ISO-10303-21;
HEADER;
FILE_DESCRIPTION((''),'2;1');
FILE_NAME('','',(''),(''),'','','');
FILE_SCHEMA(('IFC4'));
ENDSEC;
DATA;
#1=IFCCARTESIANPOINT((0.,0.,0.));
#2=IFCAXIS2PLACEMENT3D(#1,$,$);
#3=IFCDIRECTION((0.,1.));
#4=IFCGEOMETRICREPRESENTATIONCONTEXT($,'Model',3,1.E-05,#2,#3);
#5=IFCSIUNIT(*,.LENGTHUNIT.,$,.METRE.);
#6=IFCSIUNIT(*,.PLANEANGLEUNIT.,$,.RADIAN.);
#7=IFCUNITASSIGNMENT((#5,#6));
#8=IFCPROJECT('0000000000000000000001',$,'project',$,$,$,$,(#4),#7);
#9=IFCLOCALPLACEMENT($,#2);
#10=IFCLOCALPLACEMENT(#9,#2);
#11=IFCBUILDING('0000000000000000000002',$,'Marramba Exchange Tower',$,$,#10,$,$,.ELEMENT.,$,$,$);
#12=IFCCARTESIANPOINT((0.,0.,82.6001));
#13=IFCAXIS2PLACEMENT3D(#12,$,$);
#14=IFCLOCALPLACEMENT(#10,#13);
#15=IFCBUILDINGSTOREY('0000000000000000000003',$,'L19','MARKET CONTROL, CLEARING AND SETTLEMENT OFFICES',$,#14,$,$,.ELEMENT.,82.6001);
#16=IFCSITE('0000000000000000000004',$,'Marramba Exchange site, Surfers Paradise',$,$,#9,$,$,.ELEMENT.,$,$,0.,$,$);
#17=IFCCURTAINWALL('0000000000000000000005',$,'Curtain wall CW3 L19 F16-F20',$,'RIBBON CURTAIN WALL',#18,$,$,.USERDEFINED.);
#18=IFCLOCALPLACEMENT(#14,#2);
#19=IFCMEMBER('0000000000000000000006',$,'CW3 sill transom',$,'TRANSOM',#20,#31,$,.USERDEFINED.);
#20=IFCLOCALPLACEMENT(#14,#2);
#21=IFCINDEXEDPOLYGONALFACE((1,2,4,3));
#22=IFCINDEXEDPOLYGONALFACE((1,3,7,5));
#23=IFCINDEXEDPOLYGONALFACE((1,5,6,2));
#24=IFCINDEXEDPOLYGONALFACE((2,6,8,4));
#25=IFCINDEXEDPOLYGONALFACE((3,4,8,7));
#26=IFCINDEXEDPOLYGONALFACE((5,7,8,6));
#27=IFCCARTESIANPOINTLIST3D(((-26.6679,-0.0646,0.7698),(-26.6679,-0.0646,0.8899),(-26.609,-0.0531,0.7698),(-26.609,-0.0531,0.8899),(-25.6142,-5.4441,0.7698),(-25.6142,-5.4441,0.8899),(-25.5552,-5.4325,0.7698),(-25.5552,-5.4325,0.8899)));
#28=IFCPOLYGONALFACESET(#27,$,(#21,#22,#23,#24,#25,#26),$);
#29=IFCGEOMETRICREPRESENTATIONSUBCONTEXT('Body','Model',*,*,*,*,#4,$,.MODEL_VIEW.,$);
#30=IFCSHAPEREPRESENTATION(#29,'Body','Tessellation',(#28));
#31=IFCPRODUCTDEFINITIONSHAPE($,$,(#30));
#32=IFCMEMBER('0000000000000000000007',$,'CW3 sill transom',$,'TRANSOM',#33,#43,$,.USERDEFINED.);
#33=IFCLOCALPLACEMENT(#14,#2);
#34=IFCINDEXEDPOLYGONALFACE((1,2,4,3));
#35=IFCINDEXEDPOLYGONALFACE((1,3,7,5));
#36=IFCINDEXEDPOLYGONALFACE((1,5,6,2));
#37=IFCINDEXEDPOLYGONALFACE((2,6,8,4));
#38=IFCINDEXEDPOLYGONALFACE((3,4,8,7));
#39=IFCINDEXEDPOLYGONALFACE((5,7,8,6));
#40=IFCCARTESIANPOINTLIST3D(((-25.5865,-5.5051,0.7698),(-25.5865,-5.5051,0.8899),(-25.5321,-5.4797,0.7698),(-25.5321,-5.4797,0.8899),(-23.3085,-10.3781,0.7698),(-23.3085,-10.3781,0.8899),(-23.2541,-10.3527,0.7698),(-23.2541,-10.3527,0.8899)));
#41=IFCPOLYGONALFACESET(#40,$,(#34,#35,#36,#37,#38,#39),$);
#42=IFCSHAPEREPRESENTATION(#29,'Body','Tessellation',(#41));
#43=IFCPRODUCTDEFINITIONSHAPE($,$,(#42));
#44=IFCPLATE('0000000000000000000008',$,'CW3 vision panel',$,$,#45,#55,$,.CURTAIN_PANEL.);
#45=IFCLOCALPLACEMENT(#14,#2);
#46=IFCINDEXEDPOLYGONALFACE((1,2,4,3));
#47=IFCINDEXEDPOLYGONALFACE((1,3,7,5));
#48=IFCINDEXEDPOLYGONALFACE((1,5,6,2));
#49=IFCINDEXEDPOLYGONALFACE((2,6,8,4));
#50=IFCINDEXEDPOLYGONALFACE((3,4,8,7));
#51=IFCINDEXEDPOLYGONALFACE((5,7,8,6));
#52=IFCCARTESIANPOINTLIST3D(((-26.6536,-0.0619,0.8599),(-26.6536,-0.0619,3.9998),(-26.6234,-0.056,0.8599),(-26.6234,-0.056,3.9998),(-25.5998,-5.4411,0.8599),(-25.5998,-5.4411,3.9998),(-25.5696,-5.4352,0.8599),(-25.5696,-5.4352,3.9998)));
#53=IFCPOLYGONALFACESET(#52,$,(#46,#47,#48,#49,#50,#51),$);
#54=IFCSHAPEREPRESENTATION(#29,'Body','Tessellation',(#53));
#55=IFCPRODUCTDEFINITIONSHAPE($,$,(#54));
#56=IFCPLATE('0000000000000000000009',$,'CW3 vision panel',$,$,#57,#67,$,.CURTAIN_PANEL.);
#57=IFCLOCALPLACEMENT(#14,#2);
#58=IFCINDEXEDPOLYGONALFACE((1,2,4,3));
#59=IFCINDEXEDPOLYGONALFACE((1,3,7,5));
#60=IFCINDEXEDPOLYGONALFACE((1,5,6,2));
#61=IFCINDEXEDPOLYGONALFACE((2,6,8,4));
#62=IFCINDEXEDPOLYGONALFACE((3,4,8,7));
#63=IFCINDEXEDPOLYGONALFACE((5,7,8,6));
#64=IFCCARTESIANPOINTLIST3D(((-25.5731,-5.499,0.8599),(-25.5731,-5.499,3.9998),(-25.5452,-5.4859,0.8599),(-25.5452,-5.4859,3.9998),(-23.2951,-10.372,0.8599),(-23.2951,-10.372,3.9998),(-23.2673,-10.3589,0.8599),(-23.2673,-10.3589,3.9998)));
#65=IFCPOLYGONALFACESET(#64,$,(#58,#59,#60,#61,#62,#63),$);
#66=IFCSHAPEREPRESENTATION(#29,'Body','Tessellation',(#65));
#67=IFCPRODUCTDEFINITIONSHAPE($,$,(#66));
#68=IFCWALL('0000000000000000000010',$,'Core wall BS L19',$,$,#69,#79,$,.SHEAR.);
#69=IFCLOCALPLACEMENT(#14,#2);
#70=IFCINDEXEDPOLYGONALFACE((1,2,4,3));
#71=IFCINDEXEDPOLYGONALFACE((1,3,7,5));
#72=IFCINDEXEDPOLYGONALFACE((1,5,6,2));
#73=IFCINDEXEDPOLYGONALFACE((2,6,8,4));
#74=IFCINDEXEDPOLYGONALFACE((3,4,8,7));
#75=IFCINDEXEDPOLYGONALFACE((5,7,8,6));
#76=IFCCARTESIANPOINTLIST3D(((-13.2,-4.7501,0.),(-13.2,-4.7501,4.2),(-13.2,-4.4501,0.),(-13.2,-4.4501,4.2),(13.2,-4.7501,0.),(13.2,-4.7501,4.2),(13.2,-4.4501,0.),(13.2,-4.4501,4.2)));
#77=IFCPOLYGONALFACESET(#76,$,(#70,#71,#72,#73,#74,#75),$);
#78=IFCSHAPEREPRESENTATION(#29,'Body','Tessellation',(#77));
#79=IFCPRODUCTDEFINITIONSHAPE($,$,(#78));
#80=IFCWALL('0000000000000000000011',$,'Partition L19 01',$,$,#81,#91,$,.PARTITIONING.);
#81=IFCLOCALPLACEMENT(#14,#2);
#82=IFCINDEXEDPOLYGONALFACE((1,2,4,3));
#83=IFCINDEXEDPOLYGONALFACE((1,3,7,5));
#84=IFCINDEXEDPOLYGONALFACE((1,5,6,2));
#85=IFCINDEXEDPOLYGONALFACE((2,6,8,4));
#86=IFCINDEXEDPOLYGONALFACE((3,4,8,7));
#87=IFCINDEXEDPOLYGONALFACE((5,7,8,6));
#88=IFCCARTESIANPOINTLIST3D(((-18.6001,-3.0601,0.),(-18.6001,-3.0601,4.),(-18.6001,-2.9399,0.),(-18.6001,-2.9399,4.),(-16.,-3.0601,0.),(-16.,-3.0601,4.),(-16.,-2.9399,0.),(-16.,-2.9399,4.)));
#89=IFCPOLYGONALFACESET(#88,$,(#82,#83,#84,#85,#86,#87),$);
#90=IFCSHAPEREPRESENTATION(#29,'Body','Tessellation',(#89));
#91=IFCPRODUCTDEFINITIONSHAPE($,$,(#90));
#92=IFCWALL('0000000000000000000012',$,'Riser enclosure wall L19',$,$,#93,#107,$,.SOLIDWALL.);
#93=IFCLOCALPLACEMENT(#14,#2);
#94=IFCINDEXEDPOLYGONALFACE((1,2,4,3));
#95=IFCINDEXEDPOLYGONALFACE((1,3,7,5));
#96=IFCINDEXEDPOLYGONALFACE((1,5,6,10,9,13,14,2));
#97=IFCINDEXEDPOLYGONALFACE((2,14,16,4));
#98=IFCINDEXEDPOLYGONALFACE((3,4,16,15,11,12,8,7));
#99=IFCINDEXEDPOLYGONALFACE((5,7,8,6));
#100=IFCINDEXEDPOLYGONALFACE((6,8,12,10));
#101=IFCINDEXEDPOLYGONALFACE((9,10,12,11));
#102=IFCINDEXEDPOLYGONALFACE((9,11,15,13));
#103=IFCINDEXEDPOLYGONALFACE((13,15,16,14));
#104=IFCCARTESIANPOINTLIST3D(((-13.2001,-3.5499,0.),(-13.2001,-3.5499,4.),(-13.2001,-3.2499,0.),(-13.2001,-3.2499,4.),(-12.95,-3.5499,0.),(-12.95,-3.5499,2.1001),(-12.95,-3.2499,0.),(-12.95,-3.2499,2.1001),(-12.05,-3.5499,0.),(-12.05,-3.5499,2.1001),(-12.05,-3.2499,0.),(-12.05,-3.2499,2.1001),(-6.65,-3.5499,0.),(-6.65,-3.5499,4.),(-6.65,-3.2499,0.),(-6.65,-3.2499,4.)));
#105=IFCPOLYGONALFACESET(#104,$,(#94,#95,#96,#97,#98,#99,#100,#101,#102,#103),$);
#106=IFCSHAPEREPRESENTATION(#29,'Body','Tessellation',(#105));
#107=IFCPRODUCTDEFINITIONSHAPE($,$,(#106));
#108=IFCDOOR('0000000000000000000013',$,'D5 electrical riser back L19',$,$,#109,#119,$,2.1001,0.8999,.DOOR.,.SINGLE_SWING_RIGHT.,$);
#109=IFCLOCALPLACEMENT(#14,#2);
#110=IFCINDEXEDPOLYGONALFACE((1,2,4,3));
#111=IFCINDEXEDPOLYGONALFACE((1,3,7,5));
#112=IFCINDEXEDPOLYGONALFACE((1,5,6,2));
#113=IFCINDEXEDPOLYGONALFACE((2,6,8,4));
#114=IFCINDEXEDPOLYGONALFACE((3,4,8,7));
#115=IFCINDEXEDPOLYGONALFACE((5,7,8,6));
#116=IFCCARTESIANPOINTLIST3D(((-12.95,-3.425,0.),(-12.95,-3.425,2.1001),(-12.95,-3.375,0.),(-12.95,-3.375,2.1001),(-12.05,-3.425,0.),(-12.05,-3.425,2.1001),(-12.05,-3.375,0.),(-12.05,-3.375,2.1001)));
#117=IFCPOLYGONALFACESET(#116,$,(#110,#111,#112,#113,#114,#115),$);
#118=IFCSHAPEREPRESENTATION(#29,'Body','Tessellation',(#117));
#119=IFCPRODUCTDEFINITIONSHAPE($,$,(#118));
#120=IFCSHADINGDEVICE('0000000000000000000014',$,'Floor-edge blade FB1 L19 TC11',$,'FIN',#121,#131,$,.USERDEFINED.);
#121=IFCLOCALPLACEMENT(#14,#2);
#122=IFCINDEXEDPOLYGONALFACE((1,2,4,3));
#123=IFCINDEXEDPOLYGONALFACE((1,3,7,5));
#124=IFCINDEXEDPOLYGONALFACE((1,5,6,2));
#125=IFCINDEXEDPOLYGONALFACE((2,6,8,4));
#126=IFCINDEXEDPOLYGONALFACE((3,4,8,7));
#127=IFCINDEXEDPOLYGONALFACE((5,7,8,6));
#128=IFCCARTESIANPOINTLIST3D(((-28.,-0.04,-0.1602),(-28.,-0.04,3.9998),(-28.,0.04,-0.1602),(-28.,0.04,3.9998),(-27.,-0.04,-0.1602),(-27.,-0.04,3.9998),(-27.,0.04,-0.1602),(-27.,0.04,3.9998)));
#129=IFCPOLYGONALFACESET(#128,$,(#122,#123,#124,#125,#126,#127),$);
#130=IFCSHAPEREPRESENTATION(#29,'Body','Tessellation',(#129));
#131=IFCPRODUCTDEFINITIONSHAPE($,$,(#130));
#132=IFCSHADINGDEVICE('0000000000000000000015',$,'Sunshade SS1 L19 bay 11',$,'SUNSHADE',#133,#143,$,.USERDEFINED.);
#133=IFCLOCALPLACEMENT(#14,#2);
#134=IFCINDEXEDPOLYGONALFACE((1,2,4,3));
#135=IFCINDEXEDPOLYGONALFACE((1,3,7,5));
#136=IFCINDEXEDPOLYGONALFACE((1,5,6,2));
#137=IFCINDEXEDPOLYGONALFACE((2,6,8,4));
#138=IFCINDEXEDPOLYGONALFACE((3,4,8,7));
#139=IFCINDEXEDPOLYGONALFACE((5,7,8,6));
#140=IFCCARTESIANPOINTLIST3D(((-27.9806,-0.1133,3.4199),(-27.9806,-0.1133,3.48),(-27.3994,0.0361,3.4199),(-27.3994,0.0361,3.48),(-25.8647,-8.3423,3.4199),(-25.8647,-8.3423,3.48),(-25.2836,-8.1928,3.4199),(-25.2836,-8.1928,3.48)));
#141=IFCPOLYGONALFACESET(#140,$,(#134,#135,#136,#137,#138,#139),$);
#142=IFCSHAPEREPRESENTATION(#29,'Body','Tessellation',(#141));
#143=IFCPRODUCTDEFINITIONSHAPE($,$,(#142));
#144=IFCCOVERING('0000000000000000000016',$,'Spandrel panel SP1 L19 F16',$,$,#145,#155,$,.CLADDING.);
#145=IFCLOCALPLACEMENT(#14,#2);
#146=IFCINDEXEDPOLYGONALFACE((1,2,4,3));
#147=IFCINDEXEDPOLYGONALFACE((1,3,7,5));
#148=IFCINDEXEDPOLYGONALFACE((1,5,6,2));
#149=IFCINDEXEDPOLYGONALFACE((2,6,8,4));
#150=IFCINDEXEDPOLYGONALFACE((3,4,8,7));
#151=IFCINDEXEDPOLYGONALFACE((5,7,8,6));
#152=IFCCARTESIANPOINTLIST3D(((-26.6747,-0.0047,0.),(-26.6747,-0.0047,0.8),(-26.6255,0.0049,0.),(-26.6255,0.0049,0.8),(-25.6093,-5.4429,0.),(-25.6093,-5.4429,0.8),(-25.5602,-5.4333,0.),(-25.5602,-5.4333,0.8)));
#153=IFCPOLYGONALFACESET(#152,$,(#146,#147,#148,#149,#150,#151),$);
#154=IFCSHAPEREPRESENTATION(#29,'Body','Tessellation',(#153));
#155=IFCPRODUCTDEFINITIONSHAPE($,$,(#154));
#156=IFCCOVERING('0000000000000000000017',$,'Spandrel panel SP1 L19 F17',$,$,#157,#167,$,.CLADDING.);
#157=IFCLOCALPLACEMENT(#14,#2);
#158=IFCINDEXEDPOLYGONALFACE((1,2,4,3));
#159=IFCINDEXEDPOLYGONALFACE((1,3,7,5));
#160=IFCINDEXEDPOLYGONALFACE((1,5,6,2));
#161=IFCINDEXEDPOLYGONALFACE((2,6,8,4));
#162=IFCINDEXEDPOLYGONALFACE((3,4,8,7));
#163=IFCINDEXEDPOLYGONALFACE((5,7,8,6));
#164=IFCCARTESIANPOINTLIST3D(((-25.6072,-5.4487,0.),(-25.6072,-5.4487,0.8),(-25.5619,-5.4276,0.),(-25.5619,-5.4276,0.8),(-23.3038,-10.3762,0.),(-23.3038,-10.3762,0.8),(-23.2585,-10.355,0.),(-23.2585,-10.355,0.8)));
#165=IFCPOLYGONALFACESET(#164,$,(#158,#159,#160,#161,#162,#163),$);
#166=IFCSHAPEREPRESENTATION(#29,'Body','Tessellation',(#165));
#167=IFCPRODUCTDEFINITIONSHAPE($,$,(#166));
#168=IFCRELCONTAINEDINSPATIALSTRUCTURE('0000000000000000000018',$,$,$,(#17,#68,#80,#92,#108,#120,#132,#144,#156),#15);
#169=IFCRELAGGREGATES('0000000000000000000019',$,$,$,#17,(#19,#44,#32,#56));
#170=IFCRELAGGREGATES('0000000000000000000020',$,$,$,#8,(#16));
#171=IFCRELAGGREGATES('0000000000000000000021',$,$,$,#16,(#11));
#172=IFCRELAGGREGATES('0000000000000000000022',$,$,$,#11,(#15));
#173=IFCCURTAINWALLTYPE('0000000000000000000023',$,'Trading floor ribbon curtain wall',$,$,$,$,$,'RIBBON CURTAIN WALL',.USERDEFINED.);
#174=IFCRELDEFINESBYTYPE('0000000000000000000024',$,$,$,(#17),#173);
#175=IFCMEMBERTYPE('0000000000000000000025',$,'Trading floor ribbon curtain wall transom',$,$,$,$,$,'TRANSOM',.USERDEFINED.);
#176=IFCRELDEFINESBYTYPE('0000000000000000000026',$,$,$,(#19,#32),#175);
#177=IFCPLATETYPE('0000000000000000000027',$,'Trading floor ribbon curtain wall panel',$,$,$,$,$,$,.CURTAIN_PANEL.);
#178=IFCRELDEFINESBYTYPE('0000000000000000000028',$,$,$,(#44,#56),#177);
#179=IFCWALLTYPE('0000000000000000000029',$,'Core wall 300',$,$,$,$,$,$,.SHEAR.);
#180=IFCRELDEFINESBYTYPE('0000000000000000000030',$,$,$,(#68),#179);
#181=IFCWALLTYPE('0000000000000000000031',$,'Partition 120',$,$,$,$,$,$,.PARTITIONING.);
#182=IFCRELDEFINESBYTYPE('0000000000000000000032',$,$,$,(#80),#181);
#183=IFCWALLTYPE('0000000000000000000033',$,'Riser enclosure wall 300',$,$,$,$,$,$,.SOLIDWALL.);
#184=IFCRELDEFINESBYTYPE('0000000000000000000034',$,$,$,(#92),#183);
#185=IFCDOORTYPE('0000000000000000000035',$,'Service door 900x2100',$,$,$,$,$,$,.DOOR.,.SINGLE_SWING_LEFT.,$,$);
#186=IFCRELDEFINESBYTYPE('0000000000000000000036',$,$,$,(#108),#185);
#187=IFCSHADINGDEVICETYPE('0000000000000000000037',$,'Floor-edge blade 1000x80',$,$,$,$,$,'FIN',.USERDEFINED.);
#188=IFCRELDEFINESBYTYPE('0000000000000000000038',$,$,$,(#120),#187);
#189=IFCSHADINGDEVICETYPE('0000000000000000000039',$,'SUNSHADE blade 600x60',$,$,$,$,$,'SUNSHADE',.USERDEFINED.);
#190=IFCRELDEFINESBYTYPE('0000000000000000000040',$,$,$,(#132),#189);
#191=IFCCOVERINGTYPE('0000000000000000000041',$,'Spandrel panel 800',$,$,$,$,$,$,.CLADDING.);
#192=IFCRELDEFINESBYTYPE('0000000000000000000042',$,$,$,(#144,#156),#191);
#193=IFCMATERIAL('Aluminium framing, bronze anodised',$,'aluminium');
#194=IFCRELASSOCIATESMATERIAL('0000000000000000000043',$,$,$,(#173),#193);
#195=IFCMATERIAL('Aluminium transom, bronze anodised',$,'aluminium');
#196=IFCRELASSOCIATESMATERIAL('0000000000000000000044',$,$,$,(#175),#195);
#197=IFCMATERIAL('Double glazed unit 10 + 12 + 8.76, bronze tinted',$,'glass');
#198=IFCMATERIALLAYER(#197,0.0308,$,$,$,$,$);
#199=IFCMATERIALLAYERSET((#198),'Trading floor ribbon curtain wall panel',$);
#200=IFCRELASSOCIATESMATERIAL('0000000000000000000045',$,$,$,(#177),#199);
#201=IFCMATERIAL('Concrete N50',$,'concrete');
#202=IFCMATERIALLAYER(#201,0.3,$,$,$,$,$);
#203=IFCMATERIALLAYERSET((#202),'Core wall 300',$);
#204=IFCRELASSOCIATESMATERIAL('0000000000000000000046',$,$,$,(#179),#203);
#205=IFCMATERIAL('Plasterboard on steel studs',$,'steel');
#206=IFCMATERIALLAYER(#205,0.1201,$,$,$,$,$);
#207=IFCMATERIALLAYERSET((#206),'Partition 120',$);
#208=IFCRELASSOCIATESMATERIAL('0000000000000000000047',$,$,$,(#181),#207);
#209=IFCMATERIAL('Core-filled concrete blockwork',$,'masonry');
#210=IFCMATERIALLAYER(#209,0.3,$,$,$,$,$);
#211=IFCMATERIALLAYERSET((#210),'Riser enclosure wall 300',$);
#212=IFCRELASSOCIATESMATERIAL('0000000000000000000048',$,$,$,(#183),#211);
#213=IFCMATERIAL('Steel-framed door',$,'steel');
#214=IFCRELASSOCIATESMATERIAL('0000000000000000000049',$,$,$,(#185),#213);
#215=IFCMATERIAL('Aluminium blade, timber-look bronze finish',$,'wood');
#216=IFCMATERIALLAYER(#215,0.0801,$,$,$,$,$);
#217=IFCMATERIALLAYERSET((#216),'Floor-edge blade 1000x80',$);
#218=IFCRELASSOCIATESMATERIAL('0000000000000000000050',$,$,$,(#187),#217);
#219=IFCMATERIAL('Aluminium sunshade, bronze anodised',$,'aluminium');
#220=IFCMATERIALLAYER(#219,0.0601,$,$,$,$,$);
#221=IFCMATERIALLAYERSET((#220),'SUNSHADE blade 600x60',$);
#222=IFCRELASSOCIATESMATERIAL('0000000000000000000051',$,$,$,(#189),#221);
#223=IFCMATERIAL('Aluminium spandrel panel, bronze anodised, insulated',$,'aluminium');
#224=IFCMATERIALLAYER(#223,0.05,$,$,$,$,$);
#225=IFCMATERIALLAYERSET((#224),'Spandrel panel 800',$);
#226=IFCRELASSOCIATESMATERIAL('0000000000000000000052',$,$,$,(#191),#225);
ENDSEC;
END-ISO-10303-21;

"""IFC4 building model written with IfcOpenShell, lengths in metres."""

from ifc_helpers import new_model, si_unit, direction, frame, frame_2d, origin, origin_2d, place, context, subcontext, project, spatial, rectangle, extrude, material, layer, layer_set, material_profile, profile_set, type_object, element, fill, aggregate, save


model = new_model("IFC4")

# Units and contexts
model_context = context("Model", 3, precision=1e-05, world=origin(), true_north=direction((0.0, 1.0)))
body_context = subcontext(model_context, "Body", "Model", "MODEL_VIEW")
ifc_project = project(units=[si_unit("LENGTHUNIT", "METRE"), si_unit("PLANEANGLEUNIT", "RADIAN")], contexts=[model_context])

# Site, building, storey
site_placement = place(None, origin())
site = spatial("IfcSite", under=ifc_project, at=site_placement, Name="Marramba Exchange site, Surfers Paradise", CompositionType="ELEMENT", RefElevation=0.0)
building_placement = place(site_placement, origin())
building = spatial("IfcBuilding", under=site, at=building_placement, Name="Marramba Exchange Tower", CompositionType="ELEMENT")
storey_placement = place(building_placement, frame((0.0, 0.0, 82.6001)))
storey = spatial("IfcBuildingStorey", under=building, at=storey_placement, Name="L19", Description="MARKET CONTROL, CLEARING AND SETTLEMENT OFFICES", CompositionType="ELEMENT", Elevation=82.6001)

# Shared definitions
ifc_material_1 = material(Name="Concrete N50", Category="concrete")

# Curtain wall, members, plates
ifc_material_2 = material(Name="Aluminium framing, bronze anodised", Category="aluminium")
curtain_wall_type = type_object("IfcCurtainWallType", Name="Trading floor ribbon curtain wall", ElementType="RIBBON CURTAIN WALL", PredefinedType="USERDEFINED", material=ifc_material_2)
curtain_wall_placement = place(storey_placement, origin())
curtain_wall = element("IfcCurtainWall", 1, at=curtain_wall_placement, inside=storey, type_object=curtain_wall_type, Name="Curtain wall CW3 L19 F16-F20", ObjectType="RIBBON CURTAIN WALL", PredefinedType="USERDEFINED")
ifc_material_3 = material(Name="Aluminium transom, bronze anodised", Category="aluminium")
ifc_material_profile_1 = material_profile(ifc_material_3, rectangle(XDim=0.0601, YDim=0.1201, at=origin_2d()), Name="CW3 transom 60x120")
ifc_profile_set_1 = profile_set([ifc_material_profile_1], Name="Aluminium transom, bronze anodised")
member_type_1 = type_object("IfcMemberType", Name="Trading floor ribbon curtain wall transom", ElementType="TRANSOM", PredefinedType="USERDEFINED", material=ifc_profile_set_1)
member_1_placement = place(storey_placement, frame((-26.6384, -0.0588, 0.8298), z_axis=(0.192226, -0.981351, 0.0), x_axis=(0.981351, 0.192226, 0.0)))
member_1 = element("IfcMember", 2, at=member_1_placement, type_object=member_type_1, Name="CW3 sill transom", ObjectType="TRANSOM", PredefinedType="USERDEFINED", context=body_context, shape_type="SweptSolid", body=[
    extrude(rectangle(XDim=0.0601, YDim=0.1201, at=origin_2d()), origin(), (0.0, 0.0, 1.0), 5.4817),
])
member_2_placement = place(storey_placement, frame((-25.5593, -5.4924, 0.8298), z_axis=(0.423494, -0.905899, 0.0), x_axis=(0.905899, 0.423494, 0.0)))
member_2 = element("IfcMember", 3, at=member_2_placement, type_object=member_type_1, Name="CW3 sill transom", ObjectType="TRANSOM", PredefinedType="USERDEFINED", context=body_context, shape_type="SweptSolid", body=[
    extrude(rectangle(XDim=0.0601, YDim=0.1201, at=origin_2d()), origin(), (0.0, 0.0, 1.0), 5.3792),
])
ifc_material_4 = material(Name="Double glazed unit 10 + 12 + 8.76, bronze tinted", Category="glass")
ifc_layer_1 = layer(ifc_material_4, 0.0308)
ifc_layer_set_1 = layer_set([ifc_layer_1], Name="Trading floor ribbon curtain wall panel")
plate_type = type_object("IfcPlateType", Name="Trading floor ribbon curtain wall panel", PredefinedType="CURTAIN_PANEL", material=ifc_layer_set_1)
plate_1_placement = place(storey_placement, frame((-26.1116, -2.7485, 0.8599), z_axis=(0.0, 0.0, 1.0), x_axis=(0.192249, -0.981346, 0.0)))
plate_1 = element("IfcPlate", 4, at=plate_1_placement, type_object=plate_type, Name="CW3 vision panel", PredefinedType="CURTAIN_PANEL", context=body_context, shape_type="SweptSolid", body=[
    extrude(rectangle(XDim=5.4814, YDim=0.0308, at=origin_2d()), origin(), (0.0, 0.0, 1.0), 3.1399),
])
plate_2_placement = place(storey_placement, frame((-24.4202, -7.929, 0.8599), z_axis=(0.0, 0.0, 1.0), x_axis=(0.423477, -0.905907, 0.0)))
plate_2 = element("IfcPlate", 5, at=plate_2_placement, type_object=plate_type, Name="CW3 vision panel", PredefinedType="CURTAIN_PANEL", context=body_context, shape_type="SweptSolid", body=[
    extrude(rectangle(XDim=5.3792, YDim=0.0308, at=origin_2d()), origin(), (0.0, 0.0, 1.0), 3.1399),
])
aggregate(curtain_wall, [member_1, plate_1, member_2, plate_2])

# Walls
ifc_layer_2 = layer(ifc_material_1, 0.3)
ifc_layer_set_2 = layer_set([ifc_layer_2], Name="Core wall 300")
wall_type_1 = type_object("IfcWallType", Name="Core wall 300", PredefinedType="SHEAR", material=ifc_layer_set_2)
wall_1_placement = place(storey_placement, frame((-13.2, -4.6001, 0.0), z_axis=(0.0, 0.0, 1.0), x_axis=(1.0, 0.0, 0.0)))
element("IfcWall", 6, at=wall_1_placement, inside=storey, type_object=wall_type_1, Name="Core wall BS L19", PredefinedType="SHEAR", context=body_context, shape_type="SweptSolid", body=[
    extrude(rectangle(XDim=26.3999, YDim=0.3, at=frame_2d((13.2, 0.0))), origin(), (0.0, 0.0, 1.0), 4.2),
])
ifc_material_5 = material(Name="Plasterboard on steel studs", Category="steel")
ifc_layer_3 = layer(ifc_material_5, 0.1201)
ifc_layer_set_3 = layer_set([ifc_layer_3], Name="Partition 120")
wall_type_2 = type_object("IfcWallType", Name="Partition 120", PredefinedType="PARTITIONING", material=ifc_layer_set_3)
wall_2_placement = place(storey_placement, frame((-18.6001, -3.0, 0.0), z_axis=(0.0, 0.0, 1.0), x_axis=(1.0, 0.0, 0.0)))
element("IfcWall", 7, at=wall_2_placement, inside=storey, type_object=wall_type_2, Name="Partition L19 01", PredefinedType="PARTITIONING", context=body_context, shape_type="SweptSolid", body=[
    extrude(rectangle(XDim=2.6001, YDim=0.1201, at=frame_2d((1.3, 0.0))), origin(), (0.0, 0.0, 1.0), 4.0),
])

# Wall, opening, door
ifc_material_6 = material(Name="Core-filled concrete blockwork", Category="masonry")
ifc_layer_4 = layer(ifc_material_6, 0.3)
ifc_layer_set_4 = layer_set([ifc_layer_4], Name="Riser enclosure wall 300")
wall_type_3 = type_object("IfcWallType", Name="Riser enclosure wall 300", PredefinedType="SOLIDWALL", material=ifc_layer_set_4)
wall_3_placement = place(storey_placement, frame((-13.2, -3.3999, 0.0), z_axis=(0.0, 0.0, 1.0), x_axis=(1.0, 0.0, 0.0)))
wall_3 = element("IfcWall", 8, at=wall_3_placement, inside=storey, type_object=wall_type_3, Name="Riser enclosure wall L19", PredefinedType="SOLIDWALL", context=body_context, shape_type="SweptSolid", body=[
    extrude(rectangle(XDim=6.55, YDim=0.3, at=frame_2d((3.2749, 0.0))), origin(), (0.0, 0.0, 1.0), 4.0),
])
opening_placement = place(wall_3_placement, frame((0.25, 0.0, 0.0)))
opening = element("IfcOpeningElement", 9, at=opening_placement, cuts=wall_3, PredefinedType="OPENING", context=body_context, shape_type="SweptSolid", body=[
    extrude(rectangle(XDim=0.8999, YDim=2.1001, at=frame_2d((0.45, 1.05))), frame((0.0, 0.1599, 0.0), z_axis=(0.0, -1.0, 0.0), x_axis=(1.0, 0.0, 0.0)), (0.0, 0.0, 1.0), 0.3201),
])
ifc_material_7 = material(Name="Steel-framed door", Category="steel")
door_type = type_object("IfcDoorType", Name="Service door 900x2100", OperationType="SINGLE_SWING_LEFT", PredefinedType="DOOR", material=ifc_material_7)
door_placement = place(opening_placement, frame((0.8999, 0.0, 0.0), z_axis=(0.0, 0.0, 1.0), x_axis=(-1.0, 0.0, 0.0)))
door = element("IfcDoor", 10, at=door_placement, inside=storey, type_object=door_type, Name="D5 electrical riser back L19", OperationType="SINGLE_SWING_RIGHT", OverallHeight=2.1001, OverallWidth=0.8999, PredefinedType="DOOR", context=body_context, shape_type="SweptSolid", body=[
    extrude(rectangle(XDim=0.8999, YDim=2.1001, at=frame_2d((0.45, 1.05))), frame((0.0, 0.0251, 0.0), z_axis=(0.0, -1.0, 0.0), x_axis=(1.0, 0.0, 0.0)), (0.0, 0.0, 1.0), 0.05),
])
fill(opening, door)

# Shading devices
ifc_material_8 = material(Name="Aluminium blade, timber-look bronze finish", Category="wood")
ifc_layer_5 = layer(ifc_material_8, 0.0801)
ifc_layer_set_5 = layer_set([ifc_layer_5], Name="Floor-edge blade 1000x80")
shading_device_type_1 = type_object("IfcShadingDeviceType", Name="Floor-edge blade 1000x80", ElementType="FIN", PredefinedType="USERDEFINED", material=ifc_layer_set_5)
shading_device_1_placement = place(storey_placement, frame((-27.5, 0.0, -0.1602), z_axis=(0.0, 0.0, 1.0), x_axis=(-1.0, 0.0, 0.0)))
element("IfcShadingDevice", 11, at=shading_device_1_placement, inside=storey, type_object=shading_device_type_1, Name="Floor-edge blade FB1 L19 TC11", ObjectType="FIN", PredefinedType="USERDEFINED", context=body_context, shape_type="SweptSolid", body=[
    extrude(rectangle(XDim=1.0, YDim=0.0801, at=origin_2d()), origin(), (0.0, 0.0, 1.0), 4.1599),
])
ifc_material_9 = material(Name="Aluminium sunshade, bronze anodised", Category="aluminium")
ifc_layer_6 = layer(ifc_material_9, 0.0601)
ifc_layer_set_6 = layer_set([ifc_layer_6], Name="SUNSHADE blade 600x60")
shading_device_type_2 = type_object("IfcShadingDeviceType", Name="SUNSHADE blade 600x60", ElementType="SUNSHADE", PredefinedType="USERDEFINED", material=ifc_layer_set_6)
shading_device_2_placement = place(storey_placement, frame((-26.6321, -4.1531, 3.4199), z_axis=(0.0, 0.0, 1.0), x_axis=(0.249025, -0.968497, 0.0)))
element("IfcShadingDevice", 12, at=shading_device_2_placement, inside=storey, type_object=shading_device_type_2, Name="Sunshade SS1 L19 bay 11", ObjectType="SUNSHADE", PredefinedType="USERDEFINED", context=body_context, shape_type="SweptSolid", body=[
    extrude(rectangle(XDim=8.4966, YDim=0.6001, at=origin_2d()), origin(), (0.0, 0.0, 1.0), 0.0601),
])

# Coverings
ifc_material_10 = material(Name="Aluminium spandrel panel, bronze anodised, insulated", Category="aluminium")
ifc_layer_7 = layer(ifc_material_10, 0.05)
ifc_layer_set_7 = layer_set([ifc_layer_7], Name="Spandrel panel 800")
covering_type = type_object("IfcCoveringType", Name="Spandrel panel 800", PredefinedType="CLADDING", material=ifc_layer_set_7)
covering_1_placement = place(storey_placement, frame((-26.1174, -2.719, 0.0), z_axis=(0.0, 0.0, 1.0), x_axis=(0.192249, -0.981346, 0.0)))
element("IfcCovering", 13, at=covering_1_placement, inside=storey, type_object=covering_type, Name="Spandrel panel SP1 L19 F16", PredefinedType="CLADDING", context=body_context, shape_type="SweptSolid", body=[
    extrude(rectangle(XDim=5.5415, YDim=0.05, at=origin_2d()), origin(), (0.0, 0.0, 1.0), 0.8),
])
covering_2_placement = place(storey_placement, frame((-24.4329, -7.9019, 0.0), z_axis=(0.0, 0.0, 1.0), x_axis=(0.423477, -0.905907, 0.0)))
element("IfcCovering", 14, at=covering_2_placement, inside=storey, type_object=covering_type, Name="Spandrel panel SP1 L19 F17", PredefinedType="CLADDING", context=body_context, shape_type="SweptSolid", body=[
    extrude(rectangle(XDim=5.4392, YDim=0.05, at=origin_2d()), origin(), (0.0, 0.0, 1.0), 0.8),
])

save(model, "model.ifc")
